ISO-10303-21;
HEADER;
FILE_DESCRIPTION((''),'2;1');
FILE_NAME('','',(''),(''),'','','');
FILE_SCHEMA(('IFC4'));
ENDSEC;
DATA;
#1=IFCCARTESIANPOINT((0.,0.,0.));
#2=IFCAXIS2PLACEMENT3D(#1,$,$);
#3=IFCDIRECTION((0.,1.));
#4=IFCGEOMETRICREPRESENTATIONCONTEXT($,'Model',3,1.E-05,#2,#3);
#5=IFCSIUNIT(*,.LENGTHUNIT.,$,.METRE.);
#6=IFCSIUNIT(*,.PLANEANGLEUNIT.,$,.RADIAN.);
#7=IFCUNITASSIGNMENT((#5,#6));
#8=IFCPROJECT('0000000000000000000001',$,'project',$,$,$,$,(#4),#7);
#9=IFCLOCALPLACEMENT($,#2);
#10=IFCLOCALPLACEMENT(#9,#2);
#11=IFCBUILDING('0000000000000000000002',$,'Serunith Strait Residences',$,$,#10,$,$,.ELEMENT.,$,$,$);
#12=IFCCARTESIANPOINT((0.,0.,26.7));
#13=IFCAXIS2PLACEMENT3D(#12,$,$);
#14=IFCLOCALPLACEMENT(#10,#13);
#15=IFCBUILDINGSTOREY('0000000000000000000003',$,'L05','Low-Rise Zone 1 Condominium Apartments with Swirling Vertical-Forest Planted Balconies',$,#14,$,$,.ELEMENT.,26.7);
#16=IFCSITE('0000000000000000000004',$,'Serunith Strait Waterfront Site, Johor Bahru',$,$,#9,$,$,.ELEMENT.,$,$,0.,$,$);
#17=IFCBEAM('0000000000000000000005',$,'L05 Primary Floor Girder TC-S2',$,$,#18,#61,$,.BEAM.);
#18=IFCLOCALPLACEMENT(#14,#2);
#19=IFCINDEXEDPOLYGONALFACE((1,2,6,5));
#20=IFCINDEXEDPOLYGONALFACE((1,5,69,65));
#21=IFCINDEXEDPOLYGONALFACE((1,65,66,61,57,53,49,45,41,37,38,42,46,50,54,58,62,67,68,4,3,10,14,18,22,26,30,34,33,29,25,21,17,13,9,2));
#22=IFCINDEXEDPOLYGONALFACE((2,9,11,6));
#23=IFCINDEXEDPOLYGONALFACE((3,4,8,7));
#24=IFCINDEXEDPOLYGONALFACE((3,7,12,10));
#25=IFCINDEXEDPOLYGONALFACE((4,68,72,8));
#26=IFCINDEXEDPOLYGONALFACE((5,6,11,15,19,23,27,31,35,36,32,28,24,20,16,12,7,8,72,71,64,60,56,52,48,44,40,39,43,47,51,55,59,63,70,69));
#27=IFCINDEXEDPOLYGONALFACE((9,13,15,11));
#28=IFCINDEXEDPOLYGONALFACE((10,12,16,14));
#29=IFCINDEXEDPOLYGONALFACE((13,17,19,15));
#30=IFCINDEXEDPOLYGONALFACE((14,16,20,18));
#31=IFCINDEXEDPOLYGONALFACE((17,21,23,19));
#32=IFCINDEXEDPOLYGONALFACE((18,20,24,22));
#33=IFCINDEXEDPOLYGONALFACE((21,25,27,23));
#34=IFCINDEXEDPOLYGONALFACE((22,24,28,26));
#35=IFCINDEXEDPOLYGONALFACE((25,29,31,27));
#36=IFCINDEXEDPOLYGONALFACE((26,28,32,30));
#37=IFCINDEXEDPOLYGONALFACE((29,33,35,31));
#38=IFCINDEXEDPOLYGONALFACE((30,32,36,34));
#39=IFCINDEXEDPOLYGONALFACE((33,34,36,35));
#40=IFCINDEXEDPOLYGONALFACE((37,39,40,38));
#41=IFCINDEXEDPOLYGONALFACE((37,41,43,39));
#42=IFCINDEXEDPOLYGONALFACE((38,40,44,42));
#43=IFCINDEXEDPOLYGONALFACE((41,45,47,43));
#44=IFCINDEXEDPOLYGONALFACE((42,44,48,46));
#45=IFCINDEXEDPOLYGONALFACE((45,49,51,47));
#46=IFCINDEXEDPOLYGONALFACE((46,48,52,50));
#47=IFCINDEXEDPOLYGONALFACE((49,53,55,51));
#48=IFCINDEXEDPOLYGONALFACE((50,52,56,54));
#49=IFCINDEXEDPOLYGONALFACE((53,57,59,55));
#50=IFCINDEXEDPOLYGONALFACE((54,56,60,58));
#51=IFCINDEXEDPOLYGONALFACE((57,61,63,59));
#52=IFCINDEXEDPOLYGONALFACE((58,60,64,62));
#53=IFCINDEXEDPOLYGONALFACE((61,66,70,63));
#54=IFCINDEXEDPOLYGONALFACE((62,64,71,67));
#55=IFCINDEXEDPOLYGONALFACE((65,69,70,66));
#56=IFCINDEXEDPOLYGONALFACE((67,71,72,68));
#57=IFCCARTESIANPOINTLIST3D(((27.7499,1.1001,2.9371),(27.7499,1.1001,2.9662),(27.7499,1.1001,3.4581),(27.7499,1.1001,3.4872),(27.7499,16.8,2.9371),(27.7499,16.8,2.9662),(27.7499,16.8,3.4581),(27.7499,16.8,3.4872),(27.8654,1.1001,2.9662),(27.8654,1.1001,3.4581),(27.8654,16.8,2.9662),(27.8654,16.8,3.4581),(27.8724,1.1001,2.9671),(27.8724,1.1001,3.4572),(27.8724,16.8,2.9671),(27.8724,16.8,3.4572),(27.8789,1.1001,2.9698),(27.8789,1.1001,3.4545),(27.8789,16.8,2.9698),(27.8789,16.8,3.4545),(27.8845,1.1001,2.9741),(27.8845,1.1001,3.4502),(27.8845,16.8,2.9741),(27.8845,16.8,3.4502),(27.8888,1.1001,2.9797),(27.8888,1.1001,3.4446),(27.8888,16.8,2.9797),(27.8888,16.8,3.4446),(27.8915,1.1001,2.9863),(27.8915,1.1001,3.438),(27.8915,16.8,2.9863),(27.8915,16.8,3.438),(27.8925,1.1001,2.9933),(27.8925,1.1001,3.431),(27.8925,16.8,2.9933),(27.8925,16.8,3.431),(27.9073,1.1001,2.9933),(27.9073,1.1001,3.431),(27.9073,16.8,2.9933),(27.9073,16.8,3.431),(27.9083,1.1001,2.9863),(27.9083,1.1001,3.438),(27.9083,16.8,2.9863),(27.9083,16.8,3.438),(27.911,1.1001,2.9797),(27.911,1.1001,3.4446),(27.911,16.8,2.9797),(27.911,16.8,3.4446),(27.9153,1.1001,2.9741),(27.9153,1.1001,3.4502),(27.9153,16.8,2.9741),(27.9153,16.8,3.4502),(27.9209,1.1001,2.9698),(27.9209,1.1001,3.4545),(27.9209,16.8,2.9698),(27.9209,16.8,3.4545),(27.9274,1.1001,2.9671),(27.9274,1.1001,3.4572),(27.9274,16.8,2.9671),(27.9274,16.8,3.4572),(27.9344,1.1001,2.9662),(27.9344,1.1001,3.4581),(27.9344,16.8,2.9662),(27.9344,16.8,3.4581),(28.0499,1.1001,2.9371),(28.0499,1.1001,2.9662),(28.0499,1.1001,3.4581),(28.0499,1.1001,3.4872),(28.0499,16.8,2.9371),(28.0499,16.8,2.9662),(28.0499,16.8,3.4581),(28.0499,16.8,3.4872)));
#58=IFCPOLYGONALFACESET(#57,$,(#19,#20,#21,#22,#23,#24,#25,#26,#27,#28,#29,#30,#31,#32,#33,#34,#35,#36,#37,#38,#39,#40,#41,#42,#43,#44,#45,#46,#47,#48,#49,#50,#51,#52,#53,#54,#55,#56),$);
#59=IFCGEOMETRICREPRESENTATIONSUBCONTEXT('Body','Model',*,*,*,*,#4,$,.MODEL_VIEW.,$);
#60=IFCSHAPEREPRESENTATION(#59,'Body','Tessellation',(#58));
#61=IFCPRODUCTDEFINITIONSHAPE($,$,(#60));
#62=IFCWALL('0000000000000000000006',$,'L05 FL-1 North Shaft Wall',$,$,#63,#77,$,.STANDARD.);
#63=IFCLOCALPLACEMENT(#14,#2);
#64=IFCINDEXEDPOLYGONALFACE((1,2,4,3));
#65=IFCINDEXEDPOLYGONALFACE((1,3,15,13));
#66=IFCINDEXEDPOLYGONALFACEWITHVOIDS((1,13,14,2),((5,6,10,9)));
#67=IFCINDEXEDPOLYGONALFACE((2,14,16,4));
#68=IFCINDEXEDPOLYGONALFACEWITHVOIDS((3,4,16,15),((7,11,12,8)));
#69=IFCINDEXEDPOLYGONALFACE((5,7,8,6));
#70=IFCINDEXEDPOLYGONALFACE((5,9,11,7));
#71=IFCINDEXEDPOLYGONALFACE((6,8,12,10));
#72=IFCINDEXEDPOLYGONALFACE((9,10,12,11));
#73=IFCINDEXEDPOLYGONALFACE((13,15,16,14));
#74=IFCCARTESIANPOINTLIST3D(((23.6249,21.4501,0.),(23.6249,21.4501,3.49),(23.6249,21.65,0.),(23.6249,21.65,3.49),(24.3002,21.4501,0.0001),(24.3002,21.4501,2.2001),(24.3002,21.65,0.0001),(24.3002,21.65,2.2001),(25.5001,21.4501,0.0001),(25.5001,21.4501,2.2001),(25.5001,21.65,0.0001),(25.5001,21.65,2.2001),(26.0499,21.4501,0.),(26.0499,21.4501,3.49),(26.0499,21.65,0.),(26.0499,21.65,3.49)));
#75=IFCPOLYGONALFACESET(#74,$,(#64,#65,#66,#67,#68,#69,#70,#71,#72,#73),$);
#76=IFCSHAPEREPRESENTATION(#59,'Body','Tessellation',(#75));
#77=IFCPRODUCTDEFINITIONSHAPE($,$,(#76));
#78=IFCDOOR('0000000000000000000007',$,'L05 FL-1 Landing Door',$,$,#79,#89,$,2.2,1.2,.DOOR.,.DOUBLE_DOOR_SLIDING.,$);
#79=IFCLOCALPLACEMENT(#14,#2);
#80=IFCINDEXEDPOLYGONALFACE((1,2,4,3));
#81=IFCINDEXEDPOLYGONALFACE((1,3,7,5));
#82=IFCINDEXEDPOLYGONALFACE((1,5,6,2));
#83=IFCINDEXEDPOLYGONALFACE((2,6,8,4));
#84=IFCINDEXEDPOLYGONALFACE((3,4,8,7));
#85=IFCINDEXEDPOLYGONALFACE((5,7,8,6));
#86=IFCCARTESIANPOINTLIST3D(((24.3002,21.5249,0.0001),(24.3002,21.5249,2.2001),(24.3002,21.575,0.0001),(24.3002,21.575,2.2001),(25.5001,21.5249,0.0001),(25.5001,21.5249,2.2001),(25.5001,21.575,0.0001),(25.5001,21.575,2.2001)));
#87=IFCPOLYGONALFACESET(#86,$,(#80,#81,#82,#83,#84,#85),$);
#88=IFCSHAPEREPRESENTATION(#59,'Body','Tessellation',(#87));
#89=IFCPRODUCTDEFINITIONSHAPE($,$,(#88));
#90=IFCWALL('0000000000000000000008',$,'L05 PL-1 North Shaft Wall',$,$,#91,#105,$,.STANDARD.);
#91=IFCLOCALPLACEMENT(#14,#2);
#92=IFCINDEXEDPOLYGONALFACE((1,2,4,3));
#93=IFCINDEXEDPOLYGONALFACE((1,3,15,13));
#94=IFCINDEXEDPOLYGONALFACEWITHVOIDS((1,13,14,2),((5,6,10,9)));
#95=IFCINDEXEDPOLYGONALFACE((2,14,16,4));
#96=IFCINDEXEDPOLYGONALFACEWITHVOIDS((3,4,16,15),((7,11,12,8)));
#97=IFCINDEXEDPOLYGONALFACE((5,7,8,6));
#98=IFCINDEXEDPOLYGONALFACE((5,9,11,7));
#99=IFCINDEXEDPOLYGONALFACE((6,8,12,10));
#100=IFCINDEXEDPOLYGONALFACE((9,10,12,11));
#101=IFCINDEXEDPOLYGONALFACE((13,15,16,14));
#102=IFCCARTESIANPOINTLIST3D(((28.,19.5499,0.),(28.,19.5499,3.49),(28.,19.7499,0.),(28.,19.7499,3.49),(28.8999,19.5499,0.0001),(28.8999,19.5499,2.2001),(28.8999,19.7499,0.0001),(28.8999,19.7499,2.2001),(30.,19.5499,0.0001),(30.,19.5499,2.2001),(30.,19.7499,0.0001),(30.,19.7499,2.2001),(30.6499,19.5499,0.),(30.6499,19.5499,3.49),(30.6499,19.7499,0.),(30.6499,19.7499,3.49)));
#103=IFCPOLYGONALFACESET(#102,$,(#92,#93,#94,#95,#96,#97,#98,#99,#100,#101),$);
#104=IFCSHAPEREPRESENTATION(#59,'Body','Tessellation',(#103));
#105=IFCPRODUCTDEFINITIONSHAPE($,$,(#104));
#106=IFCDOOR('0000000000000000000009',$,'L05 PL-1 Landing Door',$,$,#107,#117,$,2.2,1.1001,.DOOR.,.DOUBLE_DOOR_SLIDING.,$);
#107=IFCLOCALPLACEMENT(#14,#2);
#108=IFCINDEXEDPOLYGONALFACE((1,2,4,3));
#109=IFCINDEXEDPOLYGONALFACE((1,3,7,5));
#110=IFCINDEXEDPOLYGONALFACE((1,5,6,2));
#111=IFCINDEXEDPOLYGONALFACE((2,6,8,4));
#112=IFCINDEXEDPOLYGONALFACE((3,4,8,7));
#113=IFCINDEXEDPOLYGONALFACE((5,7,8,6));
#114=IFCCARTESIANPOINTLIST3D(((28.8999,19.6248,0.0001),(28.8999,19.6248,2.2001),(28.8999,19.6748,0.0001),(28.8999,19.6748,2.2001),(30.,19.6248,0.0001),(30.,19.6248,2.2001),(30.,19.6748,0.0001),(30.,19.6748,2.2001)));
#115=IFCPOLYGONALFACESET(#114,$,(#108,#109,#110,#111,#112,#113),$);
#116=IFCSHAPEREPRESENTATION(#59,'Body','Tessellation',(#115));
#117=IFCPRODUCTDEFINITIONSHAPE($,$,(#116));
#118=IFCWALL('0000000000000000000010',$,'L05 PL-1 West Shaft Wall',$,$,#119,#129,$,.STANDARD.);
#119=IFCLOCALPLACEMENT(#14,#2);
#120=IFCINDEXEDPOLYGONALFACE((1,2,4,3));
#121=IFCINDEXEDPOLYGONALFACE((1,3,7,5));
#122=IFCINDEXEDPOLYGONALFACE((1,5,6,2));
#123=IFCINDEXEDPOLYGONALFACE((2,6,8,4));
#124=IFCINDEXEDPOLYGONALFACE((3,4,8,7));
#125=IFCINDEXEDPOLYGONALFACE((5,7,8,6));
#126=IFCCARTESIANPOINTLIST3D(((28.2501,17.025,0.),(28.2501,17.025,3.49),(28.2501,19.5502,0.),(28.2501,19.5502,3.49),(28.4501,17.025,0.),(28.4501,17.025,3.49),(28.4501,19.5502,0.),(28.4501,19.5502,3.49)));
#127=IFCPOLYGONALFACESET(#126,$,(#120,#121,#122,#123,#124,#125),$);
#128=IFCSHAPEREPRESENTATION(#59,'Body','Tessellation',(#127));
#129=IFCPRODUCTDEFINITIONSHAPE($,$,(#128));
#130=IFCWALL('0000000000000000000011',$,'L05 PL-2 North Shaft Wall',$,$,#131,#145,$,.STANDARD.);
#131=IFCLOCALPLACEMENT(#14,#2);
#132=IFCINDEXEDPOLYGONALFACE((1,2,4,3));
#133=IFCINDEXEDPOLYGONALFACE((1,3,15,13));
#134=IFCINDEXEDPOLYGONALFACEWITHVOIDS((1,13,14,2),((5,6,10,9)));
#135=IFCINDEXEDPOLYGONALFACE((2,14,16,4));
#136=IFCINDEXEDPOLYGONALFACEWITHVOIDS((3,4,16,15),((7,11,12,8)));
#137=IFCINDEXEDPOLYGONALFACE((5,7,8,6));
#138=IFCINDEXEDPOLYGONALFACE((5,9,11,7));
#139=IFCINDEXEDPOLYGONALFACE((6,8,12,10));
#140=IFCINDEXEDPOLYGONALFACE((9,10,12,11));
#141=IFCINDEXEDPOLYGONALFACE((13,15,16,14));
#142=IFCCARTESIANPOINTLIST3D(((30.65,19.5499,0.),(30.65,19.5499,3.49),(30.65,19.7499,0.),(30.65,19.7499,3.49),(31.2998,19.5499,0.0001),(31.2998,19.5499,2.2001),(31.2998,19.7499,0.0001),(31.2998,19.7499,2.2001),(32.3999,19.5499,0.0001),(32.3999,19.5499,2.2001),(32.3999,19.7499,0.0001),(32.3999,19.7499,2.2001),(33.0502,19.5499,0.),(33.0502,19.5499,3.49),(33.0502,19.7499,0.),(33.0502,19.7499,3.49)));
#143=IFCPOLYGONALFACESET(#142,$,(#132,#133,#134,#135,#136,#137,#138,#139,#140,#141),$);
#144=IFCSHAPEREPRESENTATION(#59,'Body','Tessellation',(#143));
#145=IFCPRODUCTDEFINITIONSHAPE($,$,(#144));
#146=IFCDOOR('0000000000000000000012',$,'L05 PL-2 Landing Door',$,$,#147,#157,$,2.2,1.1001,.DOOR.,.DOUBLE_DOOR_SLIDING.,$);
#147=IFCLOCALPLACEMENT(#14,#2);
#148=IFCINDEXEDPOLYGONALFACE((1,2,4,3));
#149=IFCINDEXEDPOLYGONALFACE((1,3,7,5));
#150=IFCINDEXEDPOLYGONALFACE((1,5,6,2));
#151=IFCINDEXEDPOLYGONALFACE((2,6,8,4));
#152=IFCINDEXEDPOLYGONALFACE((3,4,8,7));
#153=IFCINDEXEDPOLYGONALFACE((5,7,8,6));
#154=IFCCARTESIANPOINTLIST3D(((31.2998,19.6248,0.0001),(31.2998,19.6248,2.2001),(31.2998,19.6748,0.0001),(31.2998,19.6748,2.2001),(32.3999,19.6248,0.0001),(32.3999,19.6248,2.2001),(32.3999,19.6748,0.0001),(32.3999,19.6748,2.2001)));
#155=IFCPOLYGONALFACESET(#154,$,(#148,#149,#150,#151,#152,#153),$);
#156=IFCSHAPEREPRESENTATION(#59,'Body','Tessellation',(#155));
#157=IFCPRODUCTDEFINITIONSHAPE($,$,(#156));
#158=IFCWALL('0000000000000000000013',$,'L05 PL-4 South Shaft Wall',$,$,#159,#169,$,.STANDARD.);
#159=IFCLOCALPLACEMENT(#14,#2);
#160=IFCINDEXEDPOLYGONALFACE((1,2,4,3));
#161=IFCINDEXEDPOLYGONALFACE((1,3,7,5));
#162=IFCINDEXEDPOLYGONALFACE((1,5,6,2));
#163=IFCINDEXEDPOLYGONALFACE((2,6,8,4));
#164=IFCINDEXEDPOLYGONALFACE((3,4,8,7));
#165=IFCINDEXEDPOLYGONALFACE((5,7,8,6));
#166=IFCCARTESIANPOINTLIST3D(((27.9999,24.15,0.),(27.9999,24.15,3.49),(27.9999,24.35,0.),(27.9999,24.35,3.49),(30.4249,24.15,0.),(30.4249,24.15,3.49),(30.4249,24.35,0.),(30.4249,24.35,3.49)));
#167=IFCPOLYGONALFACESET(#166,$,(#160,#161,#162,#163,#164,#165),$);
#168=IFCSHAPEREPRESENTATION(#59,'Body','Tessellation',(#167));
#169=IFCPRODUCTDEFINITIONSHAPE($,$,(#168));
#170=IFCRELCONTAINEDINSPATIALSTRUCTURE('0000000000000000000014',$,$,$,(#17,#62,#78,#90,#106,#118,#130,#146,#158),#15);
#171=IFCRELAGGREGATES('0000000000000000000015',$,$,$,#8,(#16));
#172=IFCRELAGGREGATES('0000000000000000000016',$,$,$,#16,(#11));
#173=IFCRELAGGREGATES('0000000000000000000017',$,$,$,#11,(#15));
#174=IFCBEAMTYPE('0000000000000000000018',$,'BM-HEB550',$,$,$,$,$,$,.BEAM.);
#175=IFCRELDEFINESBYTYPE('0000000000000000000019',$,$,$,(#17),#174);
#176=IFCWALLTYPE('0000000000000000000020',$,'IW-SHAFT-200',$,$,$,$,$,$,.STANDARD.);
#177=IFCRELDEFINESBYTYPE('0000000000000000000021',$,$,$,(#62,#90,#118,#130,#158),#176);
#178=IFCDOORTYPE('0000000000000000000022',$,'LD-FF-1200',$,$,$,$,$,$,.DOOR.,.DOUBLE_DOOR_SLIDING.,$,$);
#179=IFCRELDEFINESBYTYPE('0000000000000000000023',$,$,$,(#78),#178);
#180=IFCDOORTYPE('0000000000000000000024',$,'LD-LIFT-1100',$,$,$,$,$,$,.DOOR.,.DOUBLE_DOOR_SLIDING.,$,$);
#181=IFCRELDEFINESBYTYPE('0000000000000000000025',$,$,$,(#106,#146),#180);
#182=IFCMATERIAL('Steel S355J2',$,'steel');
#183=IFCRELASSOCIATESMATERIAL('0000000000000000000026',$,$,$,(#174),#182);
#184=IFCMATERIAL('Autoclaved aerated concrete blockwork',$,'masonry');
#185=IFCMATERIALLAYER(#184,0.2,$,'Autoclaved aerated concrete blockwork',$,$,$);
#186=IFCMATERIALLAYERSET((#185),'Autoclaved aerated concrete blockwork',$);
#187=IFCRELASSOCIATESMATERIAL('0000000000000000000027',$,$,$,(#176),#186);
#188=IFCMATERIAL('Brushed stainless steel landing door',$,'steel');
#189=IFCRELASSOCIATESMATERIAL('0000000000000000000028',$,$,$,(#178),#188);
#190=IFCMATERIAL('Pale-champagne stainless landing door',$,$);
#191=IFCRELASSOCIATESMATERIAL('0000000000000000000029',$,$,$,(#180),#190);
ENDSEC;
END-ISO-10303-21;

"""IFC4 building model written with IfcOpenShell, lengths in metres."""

from ifc_helpers import new_model, si_unit, direction, frame, frame_2d, origin, origin_2d, place, context, subcontext, project, spatial, rectangle, i_section, extrude, source, transform, mapped, material, layer, layer_set, material_profile, profile_set, type_object, element, fill, save


model = new_model("IFC4")

# Units and contexts
model_context = context("Model", 3, precision=1e-05, world=origin(), true_north=direction((0.0, 1.0)))
body_context = subcontext(model_context, "Body", "Model", "MODEL_VIEW")
ifc_project = project(units=[si_unit("LENGTHUNIT", "METRE"), si_unit("PLANEANGLEUNIT", "RADIAN")], contexts=[model_context])

# Site, building, storey
site_placement = place(None, origin())
site = spatial("IfcSite", under=ifc_project, at=site_placement, Name="Serunith Strait Waterfront Site, Johor Bahru", CompositionType="ELEMENT", RefElevation=0.0)
building_placement = place(site_placement, origin())
building = spatial("IfcBuilding", under=site, at=building_placement, Name="Serunith Strait Residences", CompositionType="ELEMENT")
storey_placement = place(building_placement, frame((0.0, 0.0, 26.7)))
storey = spatial("IfcBuildingStorey", under=building, at=storey_placement, Name="L05", Description="Low-Rise Zone 1 Condominium Apartments with Swirling Vertical-Forest Planted Balconies", CompositionType="ELEMENT", Elevation=26.7)

# Beam
ifc_material_1 = material(Name="Steel S355J2", Category="steel")
ifc_material_profile = material_profile(ifc_material_1, i_section(OverallWidth=0.3, OverallDepth=0.55, WebThickness=0.0149, FlangeThickness=0.0291, FilletRadius=0.0271, at=origin_2d()), Name="HEB 550")
ifc_profile_set = profile_set([ifc_material_profile], Name="Steel S355J2")
beam_type = type_object("IfcBeamType", Name="BM-HEB550", PredefinedType="BEAM", material=ifc_profile_set)
shared_shape_1 = source(origin(), body_context, "Body", "SweptSolid", [
    extrude(i_section(OverallWidth=0.3, OverallDepth=0.55, WebThickness=0.0149, FlangeThickness=0.0291, FilletRadius=0.0271, at=origin_2d()), origin(), (0.0, 0.0, 1.0), 15.7),
])
beam_placement = place(storey_placement, frame((27.8999, 16.8, 3.2122), z_axis=(0.0, -1.0, 0.0), x_axis=(1.0, 0.0, 0.0)))
element("IfcBeam", 1, at=beam_placement, inside=storey, type_object=beam_type, Name="L05 Primary Floor Girder TC-S2", PredefinedType="BEAM", context=body_context, shape_type="MappedRepresentation", body=[
    mapped(shared_shape_1, transform((0.0, 0.0, 0.0), scale=1.0)),
])

# Walls, openings, doors
ifc_material_2 = material(Name="Autoclaved aerated concrete blockwork", Category="masonry")
ifc_layer_1 = layer(ifc_material_2, 0.2, Name="Autoclaved aerated concrete blockwork")
ifc_layer_set_1 = layer_set([ifc_layer_1], Name="Autoclaved aerated concrete blockwork")
wall_type_1 = type_object("IfcWallType", Name="IW-SHAFT-200", PredefinedType="STANDARD", material=ifc_layer_set_1)
wall_1_placement = place(storey_placement, frame((23.625, 21.55, 0.0), z_axis=(0.0, 0.0, 1.0), x_axis=(1.0, 0.0, 0.0)))
wall_1 = element("IfcWall", 2, at=wall_1_placement, inside=storey, type_object=wall_type_1, Name="L05 FL-1 North Shaft Wall", PredefinedType="STANDARD", context=body_context, shape_type="SweptSolid", body=[
    extrude(rectangle(XDim=2.425, YDim=0.2, at=frame_2d((1.2124, 0.0))), origin(), (0.0, 0.0, 1.0), 3.49),
])
opening_1_placement = place(wall_1_placement, frame((0.675, 0.0, 0.0)))
opening_1 = element("IfcOpeningElement", 3, at=opening_1_placement, cuts=wall_1, PredefinedType="OPENING", context=body_context, shape_type="SweptSolid", body=[
    extrude(rectangle(XDim=1.2, YDim=2.2, at=frame_2d((0.6001, 1.1001))), frame((0.0, 0.1099, 0.0), z_axis=(0.0, -1.0, 0.0), x_axis=(1.0, 0.0, 0.0)), (0.0, 0.0, 1.0), 0.22),
])
ifc_material_3 = material(Name="Brushed stainless steel landing door", Category="steel")
door_type_1 = type_object("IfcDoorType", Name="LD-FF-1200", OperationType="DOUBLE_DOOR_SLIDING", PredefinedType="DOOR", material=ifc_material_3)
shared_shape_2 = source(origin(), body_context, "Body", "SweptSolid", [
    extrude(rectangle(XDim=1.2, YDim=2.2, at=frame_2d((0.6001, 1.1001))), frame((0.0, 0.0249, 0.0), z_axis=(0.0, -1.0, 0.0), x_axis=(1.0, 0.0, 0.0)), (0.0, 0.0, 1.0), 0.05),
])
door_1_placement = place(opening_1_placement, origin())
door_1 = element("IfcDoor", 4, at=door_1_placement, inside=storey, type_object=door_type_1, Name="L05 FL-1 Landing Door", OperationType="DOUBLE_DOOR_SLIDING", OverallHeight=2.2, OverallWidth=1.2, PredefinedType="DOOR", context=body_context, shape_type="MappedRepresentation", body=[
    mapped(shared_shape_2, transform((0.0, 0.0, 0.0), scale=1.0)),
])
fill(opening_1, door_1)
wall_2_placement = place(storey_placement, frame((28.0, 19.6499, 0.0), z_axis=(0.0, 0.0, 1.0), x_axis=(1.0, 0.0, 0.0)))
wall_2 = element("IfcWall", 5, at=wall_2_placement, inside=storey, type_object=wall_type_1, Name="L05 PL-1 North Shaft Wall", PredefinedType="STANDARD", context=body_context, shape_type="SweptSolid", body=[
    extrude(rectangle(XDim=2.6499, YDim=0.2, at=frame_2d((1.325, 0.0))), origin(), (0.0, 0.0, 1.0), 3.49),
])
opening_2_placement = place(wall_2_placement, frame((0.8999, 0.0, 0.0)))
opening_2 = element("IfcOpeningElement", 6, at=opening_2_placement, cuts=wall_2, PredefinedType="OPENING", context=body_context, shape_type="SweptSolid", body=[
    extrude(rectangle(XDim=1.1001, YDim=2.2, at=frame_2d((0.55, 1.1001))), frame((0.0, 0.1099, 0.0), z_axis=(0.0, -1.0, 0.0), x_axis=(1.0, 0.0, 0.0)), (0.0, 0.0, 1.0), 0.22),
])
ifc_material_4 = material(Name="Pale-champagne stainless landing door")
door_type_2 = type_object("IfcDoorType", Name="LD-LIFT-1100", OperationType="DOUBLE_DOOR_SLIDING", PredefinedType="DOOR", material=ifc_material_4)
shared_shape_3 = source(origin(), body_context, "Body", "SweptSolid", [
    extrude(rectangle(XDim=1.1001, YDim=2.2, at=frame_2d((0.55, 1.1001))), frame((0.0, 0.0249, 0.0), z_axis=(0.0, -1.0, 0.0), x_axis=(1.0, 0.0, 0.0)), (0.0, 0.0, 1.0), 0.05),
])
door_2_placement = place(opening_2_placement, origin())
door_2 = element("IfcDoor", 7, at=door_2_placement, inside=storey, type_object=door_type_2, Name="L05 PL-1 Landing Door", OperationType="DOUBLE_DOOR_SLIDING", OverallHeight=2.2, OverallWidth=1.1001, PredefinedType="DOOR", context=body_context, shape_type="MappedRepresentation", body=[
    mapped(shared_shape_3, transform((0.0, 0.0, 0.0), scale=1.0)),
])
fill(opening_2, door_2)

# Wall
wall_3_placement = place(storey_placement, frame((28.3501, 17.0249, 0.0), z_axis=(0.0, 0.0, 1.0), x_axis=(0.0, 1.0, 0.0)))
element("IfcWall", 8, at=wall_3_placement, inside=storey, type_object=wall_type_1, Name="L05 PL-1 West Shaft Wall", PredefinedType="STANDARD", context=body_context, shape_type="SweptSolid", body=[
    extrude(rectangle(XDim=2.5251, YDim=0.2, at=frame_2d((1.2627, 0.0))), origin(), (0.0, 0.0, 1.0), 3.49),
])

# Wall, opening, door
wall_4_placement = place(storey_placement, frame((30.6499, 19.6499, 0.0), z_axis=(0.0, 0.0, 1.0), x_axis=(1.0, 0.0, 0.0)))
wall_4 = element("IfcWall", 9, at=wall_4_placement, inside=storey, type_object=wall_type_1, Name="L05 PL-2 North Shaft Wall", PredefinedType="STANDARD", context=body_context, shape_type="SweptSolid", body=[
    extrude(rectangle(XDim=2.4001, YDim=0.2, at=frame_2d((1.2002, 0.0))), origin(), (0.0, 0.0, 1.0), 3.49),
])
opening_3_placement = place(wall_4_placement, frame((0.6499, 0.0, 0.0)))
opening_3 = element("IfcOpeningElement", 10, at=opening_3_placement, cuts=wall_4, PredefinedType="OPENING", context=body_context, shape_type="SweptSolid", body=[
    extrude(rectangle(XDim=1.1001, YDim=2.2, at=frame_2d((0.55, 1.1001))), frame((0.0, 0.1099, 0.0), z_axis=(0.0, -1.0, 0.0), x_axis=(1.0, 0.0, 0.0)), (0.0, 0.0, 1.0), 0.22),
])
door_3_placement = place(opening_3_placement, origin())
door_3 = element("IfcDoor", 11, at=door_3_placement, inside=storey, type_object=door_type_2, Name="L05 PL-2 Landing Door", OperationType="DOUBLE_DOOR_SLIDING", OverallHeight=2.2, OverallWidth=1.1001, PredefinedType="DOOR", context=body_context, shape_type="MappedRepresentation", body=[
    mapped(shared_shape_3, transform((0.0, 0.0, 0.0), scale=1.0)),
])
fill(opening_3, door_3)

# Wall
wall_5_placement = place(storey_placement, frame((28.0, 24.25, 0.0), z_axis=(0.0, 0.0, 1.0), x_axis=(1.0, 0.0, 0.0)))
element("IfcWall", 12, at=wall_5_placement, inside=storey, type_object=wall_type_1, Name="L05 PL-4 South Shaft Wall", PredefinedType="STANDARD", context=body_context, shape_type="SweptSolid", body=[
    extrude(rectangle(XDim=2.425, YDim=0.2, at=frame_2d((1.2124, 0.0))), origin(), (0.0, 0.0, 1.0), 3.49),
])

save(model, "model.ifc")
